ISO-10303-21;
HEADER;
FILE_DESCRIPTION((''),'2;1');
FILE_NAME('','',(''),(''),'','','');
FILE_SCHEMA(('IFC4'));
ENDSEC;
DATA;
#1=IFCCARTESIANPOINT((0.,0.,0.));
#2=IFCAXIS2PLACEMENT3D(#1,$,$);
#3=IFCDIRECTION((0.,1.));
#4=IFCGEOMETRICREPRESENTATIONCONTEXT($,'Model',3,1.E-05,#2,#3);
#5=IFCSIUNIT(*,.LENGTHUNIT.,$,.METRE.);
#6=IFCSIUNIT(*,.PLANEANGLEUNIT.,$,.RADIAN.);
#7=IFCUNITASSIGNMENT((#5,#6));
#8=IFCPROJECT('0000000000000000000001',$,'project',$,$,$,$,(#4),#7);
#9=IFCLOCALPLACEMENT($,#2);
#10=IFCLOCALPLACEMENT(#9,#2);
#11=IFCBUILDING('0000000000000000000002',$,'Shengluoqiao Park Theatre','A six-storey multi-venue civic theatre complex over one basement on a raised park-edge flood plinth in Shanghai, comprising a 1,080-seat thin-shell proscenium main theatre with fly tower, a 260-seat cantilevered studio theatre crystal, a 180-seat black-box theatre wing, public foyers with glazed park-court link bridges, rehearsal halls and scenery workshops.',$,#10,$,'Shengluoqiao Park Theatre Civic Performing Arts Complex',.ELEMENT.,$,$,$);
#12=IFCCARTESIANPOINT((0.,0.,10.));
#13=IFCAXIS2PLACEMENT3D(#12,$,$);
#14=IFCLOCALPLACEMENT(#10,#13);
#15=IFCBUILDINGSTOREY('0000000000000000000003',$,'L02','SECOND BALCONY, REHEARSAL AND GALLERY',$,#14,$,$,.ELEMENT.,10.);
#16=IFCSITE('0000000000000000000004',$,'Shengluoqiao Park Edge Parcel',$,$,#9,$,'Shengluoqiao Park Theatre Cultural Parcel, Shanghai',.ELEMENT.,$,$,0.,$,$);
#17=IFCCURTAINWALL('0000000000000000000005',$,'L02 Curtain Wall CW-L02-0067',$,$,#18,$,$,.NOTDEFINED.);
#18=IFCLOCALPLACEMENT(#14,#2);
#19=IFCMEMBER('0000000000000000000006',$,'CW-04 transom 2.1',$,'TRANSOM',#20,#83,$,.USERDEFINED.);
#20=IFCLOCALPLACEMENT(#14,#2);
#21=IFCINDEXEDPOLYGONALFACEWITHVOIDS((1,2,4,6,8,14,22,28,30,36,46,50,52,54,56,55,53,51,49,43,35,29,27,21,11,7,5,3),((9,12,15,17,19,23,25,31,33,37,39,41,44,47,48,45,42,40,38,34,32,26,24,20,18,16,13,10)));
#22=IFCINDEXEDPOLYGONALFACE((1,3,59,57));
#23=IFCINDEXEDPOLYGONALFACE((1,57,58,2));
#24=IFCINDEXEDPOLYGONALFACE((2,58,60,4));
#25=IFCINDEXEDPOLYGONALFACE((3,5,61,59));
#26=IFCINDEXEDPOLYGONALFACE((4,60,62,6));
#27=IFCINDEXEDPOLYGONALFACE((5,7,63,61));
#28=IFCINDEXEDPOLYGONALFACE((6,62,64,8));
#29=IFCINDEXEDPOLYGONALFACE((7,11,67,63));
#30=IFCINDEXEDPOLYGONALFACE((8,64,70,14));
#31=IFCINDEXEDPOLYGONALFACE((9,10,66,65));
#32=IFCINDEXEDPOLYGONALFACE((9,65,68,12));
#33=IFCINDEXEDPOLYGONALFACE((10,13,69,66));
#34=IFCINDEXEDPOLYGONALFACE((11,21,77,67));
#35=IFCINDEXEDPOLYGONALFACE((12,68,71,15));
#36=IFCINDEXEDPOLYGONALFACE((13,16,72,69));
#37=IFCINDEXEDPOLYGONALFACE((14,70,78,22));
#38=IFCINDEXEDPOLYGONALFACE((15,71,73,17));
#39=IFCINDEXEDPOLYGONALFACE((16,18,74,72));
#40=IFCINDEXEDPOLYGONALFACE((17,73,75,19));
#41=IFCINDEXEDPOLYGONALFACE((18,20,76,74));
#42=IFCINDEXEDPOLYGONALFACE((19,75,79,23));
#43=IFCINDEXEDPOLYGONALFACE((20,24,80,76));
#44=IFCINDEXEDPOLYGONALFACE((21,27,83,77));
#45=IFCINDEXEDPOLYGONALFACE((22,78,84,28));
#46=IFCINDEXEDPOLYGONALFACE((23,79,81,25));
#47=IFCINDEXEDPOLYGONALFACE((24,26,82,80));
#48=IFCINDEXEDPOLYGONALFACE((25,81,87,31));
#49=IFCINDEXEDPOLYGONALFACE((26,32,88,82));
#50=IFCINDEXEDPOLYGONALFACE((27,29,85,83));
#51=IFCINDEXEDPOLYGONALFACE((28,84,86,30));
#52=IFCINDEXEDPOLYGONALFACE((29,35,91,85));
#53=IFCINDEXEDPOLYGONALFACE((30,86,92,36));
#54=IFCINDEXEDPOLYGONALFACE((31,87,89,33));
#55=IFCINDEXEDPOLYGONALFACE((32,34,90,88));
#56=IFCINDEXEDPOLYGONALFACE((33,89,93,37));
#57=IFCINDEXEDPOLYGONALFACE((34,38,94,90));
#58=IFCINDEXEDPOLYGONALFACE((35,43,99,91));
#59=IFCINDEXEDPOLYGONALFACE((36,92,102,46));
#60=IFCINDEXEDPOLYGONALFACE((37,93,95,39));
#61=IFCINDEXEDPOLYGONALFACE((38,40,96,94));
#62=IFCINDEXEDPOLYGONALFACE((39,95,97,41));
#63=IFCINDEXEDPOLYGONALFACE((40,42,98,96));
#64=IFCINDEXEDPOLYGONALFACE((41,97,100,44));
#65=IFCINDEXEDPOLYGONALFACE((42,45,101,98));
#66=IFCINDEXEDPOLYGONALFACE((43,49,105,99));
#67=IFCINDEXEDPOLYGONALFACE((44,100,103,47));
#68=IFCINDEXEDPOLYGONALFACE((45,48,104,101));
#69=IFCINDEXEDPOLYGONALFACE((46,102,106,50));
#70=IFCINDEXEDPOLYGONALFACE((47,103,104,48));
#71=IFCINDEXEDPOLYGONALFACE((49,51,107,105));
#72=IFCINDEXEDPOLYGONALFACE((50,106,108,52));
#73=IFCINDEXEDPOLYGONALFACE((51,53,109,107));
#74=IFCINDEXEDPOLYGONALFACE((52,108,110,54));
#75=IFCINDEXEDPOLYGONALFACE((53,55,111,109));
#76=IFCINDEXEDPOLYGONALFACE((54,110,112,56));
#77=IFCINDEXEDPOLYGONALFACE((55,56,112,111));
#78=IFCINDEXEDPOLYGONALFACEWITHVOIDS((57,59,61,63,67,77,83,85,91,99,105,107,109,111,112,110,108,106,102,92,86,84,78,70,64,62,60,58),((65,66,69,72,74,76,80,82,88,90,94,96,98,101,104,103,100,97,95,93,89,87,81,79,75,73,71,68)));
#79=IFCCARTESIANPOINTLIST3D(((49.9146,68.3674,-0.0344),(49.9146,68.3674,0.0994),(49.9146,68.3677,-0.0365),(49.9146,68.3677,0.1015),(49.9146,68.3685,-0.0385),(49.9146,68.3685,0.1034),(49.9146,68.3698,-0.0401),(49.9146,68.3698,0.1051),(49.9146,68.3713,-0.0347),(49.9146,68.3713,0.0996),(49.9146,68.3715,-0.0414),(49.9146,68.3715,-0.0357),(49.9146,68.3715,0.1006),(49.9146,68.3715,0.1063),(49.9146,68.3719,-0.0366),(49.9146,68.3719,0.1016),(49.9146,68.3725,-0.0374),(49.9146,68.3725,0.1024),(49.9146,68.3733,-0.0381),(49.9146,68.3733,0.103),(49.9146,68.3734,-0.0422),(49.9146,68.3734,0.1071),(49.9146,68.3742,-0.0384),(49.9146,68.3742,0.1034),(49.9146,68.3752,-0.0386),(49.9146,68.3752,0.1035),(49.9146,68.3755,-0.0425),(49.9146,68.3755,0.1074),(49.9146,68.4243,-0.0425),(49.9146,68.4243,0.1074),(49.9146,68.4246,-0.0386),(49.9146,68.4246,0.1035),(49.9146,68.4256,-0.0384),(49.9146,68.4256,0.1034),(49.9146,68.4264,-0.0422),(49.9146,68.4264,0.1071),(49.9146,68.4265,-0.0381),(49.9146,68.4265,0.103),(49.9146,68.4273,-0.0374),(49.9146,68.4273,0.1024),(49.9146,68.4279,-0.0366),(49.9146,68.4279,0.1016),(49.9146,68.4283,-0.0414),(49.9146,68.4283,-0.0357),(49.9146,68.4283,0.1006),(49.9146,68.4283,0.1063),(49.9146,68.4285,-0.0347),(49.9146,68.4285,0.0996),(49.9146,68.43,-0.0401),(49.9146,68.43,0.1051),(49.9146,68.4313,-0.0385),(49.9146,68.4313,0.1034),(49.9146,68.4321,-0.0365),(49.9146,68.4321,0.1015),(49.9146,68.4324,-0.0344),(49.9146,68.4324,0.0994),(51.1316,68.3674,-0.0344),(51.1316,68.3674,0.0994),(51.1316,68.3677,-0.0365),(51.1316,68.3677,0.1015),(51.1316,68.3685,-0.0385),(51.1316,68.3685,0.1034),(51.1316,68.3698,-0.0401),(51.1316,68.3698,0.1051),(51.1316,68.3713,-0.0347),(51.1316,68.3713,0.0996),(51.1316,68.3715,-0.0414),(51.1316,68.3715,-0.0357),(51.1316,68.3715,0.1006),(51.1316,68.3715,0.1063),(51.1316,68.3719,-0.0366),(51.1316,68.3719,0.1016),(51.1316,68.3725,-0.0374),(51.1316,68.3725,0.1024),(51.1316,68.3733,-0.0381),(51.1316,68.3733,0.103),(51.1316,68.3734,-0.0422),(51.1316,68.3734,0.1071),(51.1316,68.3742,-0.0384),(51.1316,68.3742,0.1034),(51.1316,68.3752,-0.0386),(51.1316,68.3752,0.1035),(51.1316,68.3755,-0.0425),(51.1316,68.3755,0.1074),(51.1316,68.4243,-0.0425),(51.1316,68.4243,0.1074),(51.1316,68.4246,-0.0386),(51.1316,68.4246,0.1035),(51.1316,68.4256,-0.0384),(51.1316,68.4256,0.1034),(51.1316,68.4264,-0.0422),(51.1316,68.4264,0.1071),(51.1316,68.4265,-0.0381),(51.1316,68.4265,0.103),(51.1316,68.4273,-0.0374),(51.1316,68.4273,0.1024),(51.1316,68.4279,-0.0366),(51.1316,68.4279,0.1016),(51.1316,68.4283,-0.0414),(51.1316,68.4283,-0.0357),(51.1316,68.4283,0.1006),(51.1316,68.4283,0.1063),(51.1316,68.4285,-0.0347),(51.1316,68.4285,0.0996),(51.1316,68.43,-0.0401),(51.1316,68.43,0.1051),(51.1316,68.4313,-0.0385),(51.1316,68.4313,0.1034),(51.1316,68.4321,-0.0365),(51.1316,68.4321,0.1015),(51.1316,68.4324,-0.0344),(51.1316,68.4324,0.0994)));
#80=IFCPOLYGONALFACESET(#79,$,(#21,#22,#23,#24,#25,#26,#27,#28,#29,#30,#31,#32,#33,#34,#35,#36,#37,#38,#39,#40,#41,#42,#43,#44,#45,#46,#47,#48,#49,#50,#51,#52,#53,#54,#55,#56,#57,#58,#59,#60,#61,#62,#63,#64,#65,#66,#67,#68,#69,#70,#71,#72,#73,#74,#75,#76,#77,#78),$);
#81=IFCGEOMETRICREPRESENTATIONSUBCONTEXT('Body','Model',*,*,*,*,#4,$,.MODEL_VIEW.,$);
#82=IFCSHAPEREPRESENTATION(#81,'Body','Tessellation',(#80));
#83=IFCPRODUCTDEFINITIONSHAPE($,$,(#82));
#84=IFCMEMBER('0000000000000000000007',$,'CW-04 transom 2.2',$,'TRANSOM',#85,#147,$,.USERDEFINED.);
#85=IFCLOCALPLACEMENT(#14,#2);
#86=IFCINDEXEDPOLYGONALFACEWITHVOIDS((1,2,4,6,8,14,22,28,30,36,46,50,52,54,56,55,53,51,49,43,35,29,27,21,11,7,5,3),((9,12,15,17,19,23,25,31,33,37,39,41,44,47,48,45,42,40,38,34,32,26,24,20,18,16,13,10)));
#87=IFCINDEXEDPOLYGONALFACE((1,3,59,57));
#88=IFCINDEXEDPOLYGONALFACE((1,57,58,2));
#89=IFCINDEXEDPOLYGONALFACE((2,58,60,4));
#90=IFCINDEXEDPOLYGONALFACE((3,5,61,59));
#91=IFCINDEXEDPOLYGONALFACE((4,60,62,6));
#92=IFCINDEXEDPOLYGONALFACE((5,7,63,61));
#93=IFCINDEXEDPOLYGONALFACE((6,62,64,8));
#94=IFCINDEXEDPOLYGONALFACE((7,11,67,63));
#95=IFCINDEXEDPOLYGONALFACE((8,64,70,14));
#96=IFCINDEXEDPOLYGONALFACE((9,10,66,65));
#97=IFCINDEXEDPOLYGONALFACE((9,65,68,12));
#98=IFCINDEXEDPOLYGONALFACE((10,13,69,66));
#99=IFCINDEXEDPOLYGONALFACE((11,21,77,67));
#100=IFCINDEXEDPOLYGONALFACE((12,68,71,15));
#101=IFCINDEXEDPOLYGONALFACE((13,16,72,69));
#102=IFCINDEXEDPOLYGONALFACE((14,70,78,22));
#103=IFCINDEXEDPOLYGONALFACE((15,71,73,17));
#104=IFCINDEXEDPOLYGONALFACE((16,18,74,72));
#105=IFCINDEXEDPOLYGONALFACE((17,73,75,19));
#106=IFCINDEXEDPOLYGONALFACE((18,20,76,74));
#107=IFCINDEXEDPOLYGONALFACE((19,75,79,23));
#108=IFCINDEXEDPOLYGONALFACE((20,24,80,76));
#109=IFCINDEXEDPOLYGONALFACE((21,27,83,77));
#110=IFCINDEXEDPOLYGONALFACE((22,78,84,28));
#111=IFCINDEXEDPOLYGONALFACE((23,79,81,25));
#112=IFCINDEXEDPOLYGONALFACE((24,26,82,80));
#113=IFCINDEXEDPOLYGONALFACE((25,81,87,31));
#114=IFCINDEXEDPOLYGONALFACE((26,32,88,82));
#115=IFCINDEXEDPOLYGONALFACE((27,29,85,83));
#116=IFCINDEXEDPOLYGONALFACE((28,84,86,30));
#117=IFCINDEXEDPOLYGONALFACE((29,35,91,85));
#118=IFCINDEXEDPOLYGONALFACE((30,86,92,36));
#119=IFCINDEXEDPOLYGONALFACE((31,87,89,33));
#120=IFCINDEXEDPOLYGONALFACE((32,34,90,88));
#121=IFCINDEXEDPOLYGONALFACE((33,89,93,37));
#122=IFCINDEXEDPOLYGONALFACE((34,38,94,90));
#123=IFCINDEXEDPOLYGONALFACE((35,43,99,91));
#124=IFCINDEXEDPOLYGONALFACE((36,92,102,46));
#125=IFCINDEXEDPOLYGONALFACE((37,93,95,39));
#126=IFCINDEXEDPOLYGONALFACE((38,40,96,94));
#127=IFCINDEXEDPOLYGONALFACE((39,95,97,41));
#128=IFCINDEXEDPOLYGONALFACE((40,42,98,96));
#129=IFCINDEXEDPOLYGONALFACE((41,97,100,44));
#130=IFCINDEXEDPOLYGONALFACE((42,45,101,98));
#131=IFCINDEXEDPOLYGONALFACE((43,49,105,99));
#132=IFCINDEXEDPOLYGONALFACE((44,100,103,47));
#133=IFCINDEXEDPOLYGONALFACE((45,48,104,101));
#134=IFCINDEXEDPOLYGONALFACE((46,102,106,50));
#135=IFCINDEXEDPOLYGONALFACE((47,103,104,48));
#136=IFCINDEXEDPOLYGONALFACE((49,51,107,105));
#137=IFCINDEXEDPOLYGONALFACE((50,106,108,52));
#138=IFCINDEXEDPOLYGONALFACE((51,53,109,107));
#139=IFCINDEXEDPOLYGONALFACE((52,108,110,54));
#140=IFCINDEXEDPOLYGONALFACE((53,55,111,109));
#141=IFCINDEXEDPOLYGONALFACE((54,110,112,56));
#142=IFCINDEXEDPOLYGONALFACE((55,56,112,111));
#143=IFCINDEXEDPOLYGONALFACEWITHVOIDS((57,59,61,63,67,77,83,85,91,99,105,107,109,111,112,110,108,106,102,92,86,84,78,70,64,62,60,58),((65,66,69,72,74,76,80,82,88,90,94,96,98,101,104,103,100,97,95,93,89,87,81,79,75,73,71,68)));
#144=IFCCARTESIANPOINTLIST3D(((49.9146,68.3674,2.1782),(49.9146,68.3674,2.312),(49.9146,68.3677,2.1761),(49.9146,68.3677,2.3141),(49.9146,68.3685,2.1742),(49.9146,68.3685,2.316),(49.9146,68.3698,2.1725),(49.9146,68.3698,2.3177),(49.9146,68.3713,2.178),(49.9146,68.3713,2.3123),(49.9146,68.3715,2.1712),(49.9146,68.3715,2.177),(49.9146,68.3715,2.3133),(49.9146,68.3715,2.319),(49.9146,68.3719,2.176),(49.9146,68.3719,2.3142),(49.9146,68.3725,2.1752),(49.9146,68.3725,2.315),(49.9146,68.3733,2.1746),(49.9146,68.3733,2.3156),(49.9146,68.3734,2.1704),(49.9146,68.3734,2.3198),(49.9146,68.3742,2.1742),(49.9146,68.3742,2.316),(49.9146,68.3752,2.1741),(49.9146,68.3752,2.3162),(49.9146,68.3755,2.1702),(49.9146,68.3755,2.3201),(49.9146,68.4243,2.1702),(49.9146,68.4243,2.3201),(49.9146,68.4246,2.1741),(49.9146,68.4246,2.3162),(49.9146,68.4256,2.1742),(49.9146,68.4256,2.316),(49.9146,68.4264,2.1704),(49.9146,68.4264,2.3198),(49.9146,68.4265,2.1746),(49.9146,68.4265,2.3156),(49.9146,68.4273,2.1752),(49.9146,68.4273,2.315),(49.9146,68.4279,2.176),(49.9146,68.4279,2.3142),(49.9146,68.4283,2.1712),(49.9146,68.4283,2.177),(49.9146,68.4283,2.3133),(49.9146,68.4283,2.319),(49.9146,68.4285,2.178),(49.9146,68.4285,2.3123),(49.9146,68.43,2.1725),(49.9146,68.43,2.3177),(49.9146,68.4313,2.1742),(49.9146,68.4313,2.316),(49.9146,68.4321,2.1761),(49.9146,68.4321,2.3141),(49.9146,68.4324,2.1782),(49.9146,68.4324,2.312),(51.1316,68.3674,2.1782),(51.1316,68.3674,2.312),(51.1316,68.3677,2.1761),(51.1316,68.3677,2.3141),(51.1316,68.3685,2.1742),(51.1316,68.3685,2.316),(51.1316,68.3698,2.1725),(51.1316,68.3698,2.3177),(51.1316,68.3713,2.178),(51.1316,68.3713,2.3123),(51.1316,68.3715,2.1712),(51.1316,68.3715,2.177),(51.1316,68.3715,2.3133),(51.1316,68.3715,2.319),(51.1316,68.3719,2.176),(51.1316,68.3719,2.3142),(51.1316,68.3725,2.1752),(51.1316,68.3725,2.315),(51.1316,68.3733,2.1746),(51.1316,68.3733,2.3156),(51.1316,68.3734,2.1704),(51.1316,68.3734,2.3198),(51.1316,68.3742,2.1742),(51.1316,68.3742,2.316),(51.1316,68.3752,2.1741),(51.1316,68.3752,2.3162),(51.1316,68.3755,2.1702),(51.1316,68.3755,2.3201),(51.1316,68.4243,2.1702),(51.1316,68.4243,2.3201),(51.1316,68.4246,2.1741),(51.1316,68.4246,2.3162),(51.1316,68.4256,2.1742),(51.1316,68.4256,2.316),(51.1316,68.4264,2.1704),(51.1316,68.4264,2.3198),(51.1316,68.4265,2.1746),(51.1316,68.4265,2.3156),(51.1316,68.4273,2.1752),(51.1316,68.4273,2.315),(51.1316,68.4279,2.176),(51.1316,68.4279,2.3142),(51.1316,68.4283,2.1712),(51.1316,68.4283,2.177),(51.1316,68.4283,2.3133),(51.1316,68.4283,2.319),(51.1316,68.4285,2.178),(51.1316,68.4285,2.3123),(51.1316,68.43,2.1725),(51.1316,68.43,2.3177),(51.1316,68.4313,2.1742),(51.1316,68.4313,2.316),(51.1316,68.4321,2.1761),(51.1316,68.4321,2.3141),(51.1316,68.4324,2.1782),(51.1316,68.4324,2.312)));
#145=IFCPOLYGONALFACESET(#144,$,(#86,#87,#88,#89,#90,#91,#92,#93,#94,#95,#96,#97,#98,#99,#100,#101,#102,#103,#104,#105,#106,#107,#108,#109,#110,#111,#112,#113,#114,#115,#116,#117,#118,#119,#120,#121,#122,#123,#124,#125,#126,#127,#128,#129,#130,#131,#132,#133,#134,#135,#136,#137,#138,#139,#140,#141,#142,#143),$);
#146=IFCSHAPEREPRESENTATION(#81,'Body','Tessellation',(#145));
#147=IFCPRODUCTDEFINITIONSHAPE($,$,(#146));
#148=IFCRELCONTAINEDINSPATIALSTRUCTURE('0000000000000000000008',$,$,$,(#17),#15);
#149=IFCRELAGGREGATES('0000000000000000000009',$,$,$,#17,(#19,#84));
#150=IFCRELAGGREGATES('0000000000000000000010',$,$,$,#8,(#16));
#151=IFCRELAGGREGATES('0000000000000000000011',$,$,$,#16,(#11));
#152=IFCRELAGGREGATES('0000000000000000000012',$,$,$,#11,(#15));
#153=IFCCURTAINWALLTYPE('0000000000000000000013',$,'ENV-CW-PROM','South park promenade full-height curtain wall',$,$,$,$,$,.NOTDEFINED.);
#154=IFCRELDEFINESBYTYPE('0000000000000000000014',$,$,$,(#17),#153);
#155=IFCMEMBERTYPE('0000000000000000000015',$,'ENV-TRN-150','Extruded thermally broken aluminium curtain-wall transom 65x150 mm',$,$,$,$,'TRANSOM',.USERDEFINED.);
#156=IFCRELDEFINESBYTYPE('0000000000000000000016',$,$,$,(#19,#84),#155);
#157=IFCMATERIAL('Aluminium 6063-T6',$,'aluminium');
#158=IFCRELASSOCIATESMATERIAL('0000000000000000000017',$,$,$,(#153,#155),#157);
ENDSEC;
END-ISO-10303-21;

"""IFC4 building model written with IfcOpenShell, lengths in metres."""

from ifc_helpers import new_model, si_unit, direction, frame, origin, origin_2d, place, context, subcontext, project, spatial, hollow_rectangle, extrude, material, material_profile, profile_set, type_object, element, aggregate, save


model = new_model("IFC4")

# Units and contexts
model_context = context("Model", 3, precision=1e-05, world=origin(), true_north=direction((0.0, 1.0)))
body_context = subcontext(model_context, "Body", "Model", "MODEL_VIEW")
ifc_project = project(units=[si_unit("LENGTHUNIT", "METRE"), si_unit("PLANEANGLEUNIT", "RADIAN")], contexts=[model_context])

# Site, building, storey
site_placement = place(None, origin())
site = spatial("IfcSite", under=ifc_project, at=site_placement, Name="Shengluoqiao Park Edge Parcel", LongName="Shengluoqiao Park Theatre Cultural Parcel, Shanghai", CompositionType="ELEMENT", RefElevation=0.0)
building_placement = place(site_placement, origin())
building = spatial("IfcBuilding", under=site, at=building_placement, Name="Shengluoqiao Park Theatre", Description="A six-storey multi-venue civic theatre complex over one basement on a raised park-edge flood plinth in Shanghai, comprising a 1,080-seat thin-shell proscenium main theatre with fly tower, a 260-seat cantilevered studio theatre crystal, a 180-seat black-box theatre wing, public foyers with glazed park-court link bridges, rehearsal halls and scenery workshops.", LongName="Shengluoqiao Park Theatre Civic Performing Arts Complex", CompositionType="ELEMENT")
storey_placement = place(building_placement, frame((0.0, 0.0, 10.0)))
storey = spatial("IfcBuildingStorey", under=building, at=storey_placement, Name="L02", Description="SECOND BALCONY, REHEARSAL AND GALLERY", CompositionType="ELEMENT", Elevation=10.0)

# Curtain wall
ifc_material_1 = material(Name="Aluminium 6063-T6", Category="aluminium")
curtain_wall_type = type_object("IfcCurtainWallType", Name="ENV-CW-PROM", Description="South park promenade full-height curtain wall", PredefinedType="NOTDEFINED", material=ifc_material_1)
curtain_wall_1_placement = place(storey_placement, origin())
curtain_wall_1 = element("IfcCurtainWall", 1, at=curtain_wall_1_placement, inside=storey, type_object=curtain_wall_type, Name="L02 Curtain Wall CW-L02-0067", PredefinedType="NOTDEFINED")

# Members
ifc_material_profile_1 = material_profile(ifc_material_1, hollow_rectangle(XDim=0.0649, YDim=0.1499, WallThickness=0.0039, InnerFilletRadius=0.0039, OuterFilletRadius=0.0081, at=origin_2d()), Name="ALU TRANSOM 150x65x4")
ifc_profile_set_1 = profile_set([ifc_material_profile_1], Name="Aluminium 6063-T6")
member_type_1 = type_object("IfcMemberType", Name="ENV-TRN-150", Description="Extruded thermally broken aluminium curtain-wall transom 65x150 mm", ElementType="TRANSOM", PredefinedType="USERDEFINED", material=ifc_profile_set_1)
member_1_placement = place(storey_placement, frame((49.9146, 68.3999, 0.0325), z_axis=(1.0, 0.0, 0.0), x_axis=(0.0, 1.0, 0.0)))
member_1 = element("IfcMember", 2, at=member_1_placement, type_object=member_type_1, Name="CW-04 transom 2.1", ObjectType="TRANSOM", PredefinedType="USERDEFINED", context=body_context, shape_type="SweptSolid", body=[
    extrude(hollow_rectangle(XDim=0.0649, YDim=0.1499, WallThickness=0.0039, InnerFilletRadius=0.0039, OuterFilletRadius=0.0081, at=origin_2d()), origin(), (0.0, 0.0, 1.0), 1.217),
])
member_2_placement = place(storey_placement, frame((49.9146, 68.3999, 2.2451), z_axis=(1.0, 0.0, 0.0), x_axis=(0.0, 1.0, 0.0)))
member_2 = element("IfcMember", 3, at=member_2_placement, type_object=member_type_1, Name="CW-04 transom 2.2", ObjectType="TRANSOM", PredefinedType="USERDEFINED", context=body_context, shape_type="SweptSolid", body=[
    extrude(hollow_rectangle(XDim=0.0649, YDim=0.1499, WallThickness=0.0039, InnerFilletRadius=0.0039, OuterFilletRadius=0.0081, at=origin_2d()), origin(), (0.0, 0.0, 1.0), 1.217),
])

aggregate(curtain_wall_1, [member_1, member_2])

save(model, "model.ifc")
